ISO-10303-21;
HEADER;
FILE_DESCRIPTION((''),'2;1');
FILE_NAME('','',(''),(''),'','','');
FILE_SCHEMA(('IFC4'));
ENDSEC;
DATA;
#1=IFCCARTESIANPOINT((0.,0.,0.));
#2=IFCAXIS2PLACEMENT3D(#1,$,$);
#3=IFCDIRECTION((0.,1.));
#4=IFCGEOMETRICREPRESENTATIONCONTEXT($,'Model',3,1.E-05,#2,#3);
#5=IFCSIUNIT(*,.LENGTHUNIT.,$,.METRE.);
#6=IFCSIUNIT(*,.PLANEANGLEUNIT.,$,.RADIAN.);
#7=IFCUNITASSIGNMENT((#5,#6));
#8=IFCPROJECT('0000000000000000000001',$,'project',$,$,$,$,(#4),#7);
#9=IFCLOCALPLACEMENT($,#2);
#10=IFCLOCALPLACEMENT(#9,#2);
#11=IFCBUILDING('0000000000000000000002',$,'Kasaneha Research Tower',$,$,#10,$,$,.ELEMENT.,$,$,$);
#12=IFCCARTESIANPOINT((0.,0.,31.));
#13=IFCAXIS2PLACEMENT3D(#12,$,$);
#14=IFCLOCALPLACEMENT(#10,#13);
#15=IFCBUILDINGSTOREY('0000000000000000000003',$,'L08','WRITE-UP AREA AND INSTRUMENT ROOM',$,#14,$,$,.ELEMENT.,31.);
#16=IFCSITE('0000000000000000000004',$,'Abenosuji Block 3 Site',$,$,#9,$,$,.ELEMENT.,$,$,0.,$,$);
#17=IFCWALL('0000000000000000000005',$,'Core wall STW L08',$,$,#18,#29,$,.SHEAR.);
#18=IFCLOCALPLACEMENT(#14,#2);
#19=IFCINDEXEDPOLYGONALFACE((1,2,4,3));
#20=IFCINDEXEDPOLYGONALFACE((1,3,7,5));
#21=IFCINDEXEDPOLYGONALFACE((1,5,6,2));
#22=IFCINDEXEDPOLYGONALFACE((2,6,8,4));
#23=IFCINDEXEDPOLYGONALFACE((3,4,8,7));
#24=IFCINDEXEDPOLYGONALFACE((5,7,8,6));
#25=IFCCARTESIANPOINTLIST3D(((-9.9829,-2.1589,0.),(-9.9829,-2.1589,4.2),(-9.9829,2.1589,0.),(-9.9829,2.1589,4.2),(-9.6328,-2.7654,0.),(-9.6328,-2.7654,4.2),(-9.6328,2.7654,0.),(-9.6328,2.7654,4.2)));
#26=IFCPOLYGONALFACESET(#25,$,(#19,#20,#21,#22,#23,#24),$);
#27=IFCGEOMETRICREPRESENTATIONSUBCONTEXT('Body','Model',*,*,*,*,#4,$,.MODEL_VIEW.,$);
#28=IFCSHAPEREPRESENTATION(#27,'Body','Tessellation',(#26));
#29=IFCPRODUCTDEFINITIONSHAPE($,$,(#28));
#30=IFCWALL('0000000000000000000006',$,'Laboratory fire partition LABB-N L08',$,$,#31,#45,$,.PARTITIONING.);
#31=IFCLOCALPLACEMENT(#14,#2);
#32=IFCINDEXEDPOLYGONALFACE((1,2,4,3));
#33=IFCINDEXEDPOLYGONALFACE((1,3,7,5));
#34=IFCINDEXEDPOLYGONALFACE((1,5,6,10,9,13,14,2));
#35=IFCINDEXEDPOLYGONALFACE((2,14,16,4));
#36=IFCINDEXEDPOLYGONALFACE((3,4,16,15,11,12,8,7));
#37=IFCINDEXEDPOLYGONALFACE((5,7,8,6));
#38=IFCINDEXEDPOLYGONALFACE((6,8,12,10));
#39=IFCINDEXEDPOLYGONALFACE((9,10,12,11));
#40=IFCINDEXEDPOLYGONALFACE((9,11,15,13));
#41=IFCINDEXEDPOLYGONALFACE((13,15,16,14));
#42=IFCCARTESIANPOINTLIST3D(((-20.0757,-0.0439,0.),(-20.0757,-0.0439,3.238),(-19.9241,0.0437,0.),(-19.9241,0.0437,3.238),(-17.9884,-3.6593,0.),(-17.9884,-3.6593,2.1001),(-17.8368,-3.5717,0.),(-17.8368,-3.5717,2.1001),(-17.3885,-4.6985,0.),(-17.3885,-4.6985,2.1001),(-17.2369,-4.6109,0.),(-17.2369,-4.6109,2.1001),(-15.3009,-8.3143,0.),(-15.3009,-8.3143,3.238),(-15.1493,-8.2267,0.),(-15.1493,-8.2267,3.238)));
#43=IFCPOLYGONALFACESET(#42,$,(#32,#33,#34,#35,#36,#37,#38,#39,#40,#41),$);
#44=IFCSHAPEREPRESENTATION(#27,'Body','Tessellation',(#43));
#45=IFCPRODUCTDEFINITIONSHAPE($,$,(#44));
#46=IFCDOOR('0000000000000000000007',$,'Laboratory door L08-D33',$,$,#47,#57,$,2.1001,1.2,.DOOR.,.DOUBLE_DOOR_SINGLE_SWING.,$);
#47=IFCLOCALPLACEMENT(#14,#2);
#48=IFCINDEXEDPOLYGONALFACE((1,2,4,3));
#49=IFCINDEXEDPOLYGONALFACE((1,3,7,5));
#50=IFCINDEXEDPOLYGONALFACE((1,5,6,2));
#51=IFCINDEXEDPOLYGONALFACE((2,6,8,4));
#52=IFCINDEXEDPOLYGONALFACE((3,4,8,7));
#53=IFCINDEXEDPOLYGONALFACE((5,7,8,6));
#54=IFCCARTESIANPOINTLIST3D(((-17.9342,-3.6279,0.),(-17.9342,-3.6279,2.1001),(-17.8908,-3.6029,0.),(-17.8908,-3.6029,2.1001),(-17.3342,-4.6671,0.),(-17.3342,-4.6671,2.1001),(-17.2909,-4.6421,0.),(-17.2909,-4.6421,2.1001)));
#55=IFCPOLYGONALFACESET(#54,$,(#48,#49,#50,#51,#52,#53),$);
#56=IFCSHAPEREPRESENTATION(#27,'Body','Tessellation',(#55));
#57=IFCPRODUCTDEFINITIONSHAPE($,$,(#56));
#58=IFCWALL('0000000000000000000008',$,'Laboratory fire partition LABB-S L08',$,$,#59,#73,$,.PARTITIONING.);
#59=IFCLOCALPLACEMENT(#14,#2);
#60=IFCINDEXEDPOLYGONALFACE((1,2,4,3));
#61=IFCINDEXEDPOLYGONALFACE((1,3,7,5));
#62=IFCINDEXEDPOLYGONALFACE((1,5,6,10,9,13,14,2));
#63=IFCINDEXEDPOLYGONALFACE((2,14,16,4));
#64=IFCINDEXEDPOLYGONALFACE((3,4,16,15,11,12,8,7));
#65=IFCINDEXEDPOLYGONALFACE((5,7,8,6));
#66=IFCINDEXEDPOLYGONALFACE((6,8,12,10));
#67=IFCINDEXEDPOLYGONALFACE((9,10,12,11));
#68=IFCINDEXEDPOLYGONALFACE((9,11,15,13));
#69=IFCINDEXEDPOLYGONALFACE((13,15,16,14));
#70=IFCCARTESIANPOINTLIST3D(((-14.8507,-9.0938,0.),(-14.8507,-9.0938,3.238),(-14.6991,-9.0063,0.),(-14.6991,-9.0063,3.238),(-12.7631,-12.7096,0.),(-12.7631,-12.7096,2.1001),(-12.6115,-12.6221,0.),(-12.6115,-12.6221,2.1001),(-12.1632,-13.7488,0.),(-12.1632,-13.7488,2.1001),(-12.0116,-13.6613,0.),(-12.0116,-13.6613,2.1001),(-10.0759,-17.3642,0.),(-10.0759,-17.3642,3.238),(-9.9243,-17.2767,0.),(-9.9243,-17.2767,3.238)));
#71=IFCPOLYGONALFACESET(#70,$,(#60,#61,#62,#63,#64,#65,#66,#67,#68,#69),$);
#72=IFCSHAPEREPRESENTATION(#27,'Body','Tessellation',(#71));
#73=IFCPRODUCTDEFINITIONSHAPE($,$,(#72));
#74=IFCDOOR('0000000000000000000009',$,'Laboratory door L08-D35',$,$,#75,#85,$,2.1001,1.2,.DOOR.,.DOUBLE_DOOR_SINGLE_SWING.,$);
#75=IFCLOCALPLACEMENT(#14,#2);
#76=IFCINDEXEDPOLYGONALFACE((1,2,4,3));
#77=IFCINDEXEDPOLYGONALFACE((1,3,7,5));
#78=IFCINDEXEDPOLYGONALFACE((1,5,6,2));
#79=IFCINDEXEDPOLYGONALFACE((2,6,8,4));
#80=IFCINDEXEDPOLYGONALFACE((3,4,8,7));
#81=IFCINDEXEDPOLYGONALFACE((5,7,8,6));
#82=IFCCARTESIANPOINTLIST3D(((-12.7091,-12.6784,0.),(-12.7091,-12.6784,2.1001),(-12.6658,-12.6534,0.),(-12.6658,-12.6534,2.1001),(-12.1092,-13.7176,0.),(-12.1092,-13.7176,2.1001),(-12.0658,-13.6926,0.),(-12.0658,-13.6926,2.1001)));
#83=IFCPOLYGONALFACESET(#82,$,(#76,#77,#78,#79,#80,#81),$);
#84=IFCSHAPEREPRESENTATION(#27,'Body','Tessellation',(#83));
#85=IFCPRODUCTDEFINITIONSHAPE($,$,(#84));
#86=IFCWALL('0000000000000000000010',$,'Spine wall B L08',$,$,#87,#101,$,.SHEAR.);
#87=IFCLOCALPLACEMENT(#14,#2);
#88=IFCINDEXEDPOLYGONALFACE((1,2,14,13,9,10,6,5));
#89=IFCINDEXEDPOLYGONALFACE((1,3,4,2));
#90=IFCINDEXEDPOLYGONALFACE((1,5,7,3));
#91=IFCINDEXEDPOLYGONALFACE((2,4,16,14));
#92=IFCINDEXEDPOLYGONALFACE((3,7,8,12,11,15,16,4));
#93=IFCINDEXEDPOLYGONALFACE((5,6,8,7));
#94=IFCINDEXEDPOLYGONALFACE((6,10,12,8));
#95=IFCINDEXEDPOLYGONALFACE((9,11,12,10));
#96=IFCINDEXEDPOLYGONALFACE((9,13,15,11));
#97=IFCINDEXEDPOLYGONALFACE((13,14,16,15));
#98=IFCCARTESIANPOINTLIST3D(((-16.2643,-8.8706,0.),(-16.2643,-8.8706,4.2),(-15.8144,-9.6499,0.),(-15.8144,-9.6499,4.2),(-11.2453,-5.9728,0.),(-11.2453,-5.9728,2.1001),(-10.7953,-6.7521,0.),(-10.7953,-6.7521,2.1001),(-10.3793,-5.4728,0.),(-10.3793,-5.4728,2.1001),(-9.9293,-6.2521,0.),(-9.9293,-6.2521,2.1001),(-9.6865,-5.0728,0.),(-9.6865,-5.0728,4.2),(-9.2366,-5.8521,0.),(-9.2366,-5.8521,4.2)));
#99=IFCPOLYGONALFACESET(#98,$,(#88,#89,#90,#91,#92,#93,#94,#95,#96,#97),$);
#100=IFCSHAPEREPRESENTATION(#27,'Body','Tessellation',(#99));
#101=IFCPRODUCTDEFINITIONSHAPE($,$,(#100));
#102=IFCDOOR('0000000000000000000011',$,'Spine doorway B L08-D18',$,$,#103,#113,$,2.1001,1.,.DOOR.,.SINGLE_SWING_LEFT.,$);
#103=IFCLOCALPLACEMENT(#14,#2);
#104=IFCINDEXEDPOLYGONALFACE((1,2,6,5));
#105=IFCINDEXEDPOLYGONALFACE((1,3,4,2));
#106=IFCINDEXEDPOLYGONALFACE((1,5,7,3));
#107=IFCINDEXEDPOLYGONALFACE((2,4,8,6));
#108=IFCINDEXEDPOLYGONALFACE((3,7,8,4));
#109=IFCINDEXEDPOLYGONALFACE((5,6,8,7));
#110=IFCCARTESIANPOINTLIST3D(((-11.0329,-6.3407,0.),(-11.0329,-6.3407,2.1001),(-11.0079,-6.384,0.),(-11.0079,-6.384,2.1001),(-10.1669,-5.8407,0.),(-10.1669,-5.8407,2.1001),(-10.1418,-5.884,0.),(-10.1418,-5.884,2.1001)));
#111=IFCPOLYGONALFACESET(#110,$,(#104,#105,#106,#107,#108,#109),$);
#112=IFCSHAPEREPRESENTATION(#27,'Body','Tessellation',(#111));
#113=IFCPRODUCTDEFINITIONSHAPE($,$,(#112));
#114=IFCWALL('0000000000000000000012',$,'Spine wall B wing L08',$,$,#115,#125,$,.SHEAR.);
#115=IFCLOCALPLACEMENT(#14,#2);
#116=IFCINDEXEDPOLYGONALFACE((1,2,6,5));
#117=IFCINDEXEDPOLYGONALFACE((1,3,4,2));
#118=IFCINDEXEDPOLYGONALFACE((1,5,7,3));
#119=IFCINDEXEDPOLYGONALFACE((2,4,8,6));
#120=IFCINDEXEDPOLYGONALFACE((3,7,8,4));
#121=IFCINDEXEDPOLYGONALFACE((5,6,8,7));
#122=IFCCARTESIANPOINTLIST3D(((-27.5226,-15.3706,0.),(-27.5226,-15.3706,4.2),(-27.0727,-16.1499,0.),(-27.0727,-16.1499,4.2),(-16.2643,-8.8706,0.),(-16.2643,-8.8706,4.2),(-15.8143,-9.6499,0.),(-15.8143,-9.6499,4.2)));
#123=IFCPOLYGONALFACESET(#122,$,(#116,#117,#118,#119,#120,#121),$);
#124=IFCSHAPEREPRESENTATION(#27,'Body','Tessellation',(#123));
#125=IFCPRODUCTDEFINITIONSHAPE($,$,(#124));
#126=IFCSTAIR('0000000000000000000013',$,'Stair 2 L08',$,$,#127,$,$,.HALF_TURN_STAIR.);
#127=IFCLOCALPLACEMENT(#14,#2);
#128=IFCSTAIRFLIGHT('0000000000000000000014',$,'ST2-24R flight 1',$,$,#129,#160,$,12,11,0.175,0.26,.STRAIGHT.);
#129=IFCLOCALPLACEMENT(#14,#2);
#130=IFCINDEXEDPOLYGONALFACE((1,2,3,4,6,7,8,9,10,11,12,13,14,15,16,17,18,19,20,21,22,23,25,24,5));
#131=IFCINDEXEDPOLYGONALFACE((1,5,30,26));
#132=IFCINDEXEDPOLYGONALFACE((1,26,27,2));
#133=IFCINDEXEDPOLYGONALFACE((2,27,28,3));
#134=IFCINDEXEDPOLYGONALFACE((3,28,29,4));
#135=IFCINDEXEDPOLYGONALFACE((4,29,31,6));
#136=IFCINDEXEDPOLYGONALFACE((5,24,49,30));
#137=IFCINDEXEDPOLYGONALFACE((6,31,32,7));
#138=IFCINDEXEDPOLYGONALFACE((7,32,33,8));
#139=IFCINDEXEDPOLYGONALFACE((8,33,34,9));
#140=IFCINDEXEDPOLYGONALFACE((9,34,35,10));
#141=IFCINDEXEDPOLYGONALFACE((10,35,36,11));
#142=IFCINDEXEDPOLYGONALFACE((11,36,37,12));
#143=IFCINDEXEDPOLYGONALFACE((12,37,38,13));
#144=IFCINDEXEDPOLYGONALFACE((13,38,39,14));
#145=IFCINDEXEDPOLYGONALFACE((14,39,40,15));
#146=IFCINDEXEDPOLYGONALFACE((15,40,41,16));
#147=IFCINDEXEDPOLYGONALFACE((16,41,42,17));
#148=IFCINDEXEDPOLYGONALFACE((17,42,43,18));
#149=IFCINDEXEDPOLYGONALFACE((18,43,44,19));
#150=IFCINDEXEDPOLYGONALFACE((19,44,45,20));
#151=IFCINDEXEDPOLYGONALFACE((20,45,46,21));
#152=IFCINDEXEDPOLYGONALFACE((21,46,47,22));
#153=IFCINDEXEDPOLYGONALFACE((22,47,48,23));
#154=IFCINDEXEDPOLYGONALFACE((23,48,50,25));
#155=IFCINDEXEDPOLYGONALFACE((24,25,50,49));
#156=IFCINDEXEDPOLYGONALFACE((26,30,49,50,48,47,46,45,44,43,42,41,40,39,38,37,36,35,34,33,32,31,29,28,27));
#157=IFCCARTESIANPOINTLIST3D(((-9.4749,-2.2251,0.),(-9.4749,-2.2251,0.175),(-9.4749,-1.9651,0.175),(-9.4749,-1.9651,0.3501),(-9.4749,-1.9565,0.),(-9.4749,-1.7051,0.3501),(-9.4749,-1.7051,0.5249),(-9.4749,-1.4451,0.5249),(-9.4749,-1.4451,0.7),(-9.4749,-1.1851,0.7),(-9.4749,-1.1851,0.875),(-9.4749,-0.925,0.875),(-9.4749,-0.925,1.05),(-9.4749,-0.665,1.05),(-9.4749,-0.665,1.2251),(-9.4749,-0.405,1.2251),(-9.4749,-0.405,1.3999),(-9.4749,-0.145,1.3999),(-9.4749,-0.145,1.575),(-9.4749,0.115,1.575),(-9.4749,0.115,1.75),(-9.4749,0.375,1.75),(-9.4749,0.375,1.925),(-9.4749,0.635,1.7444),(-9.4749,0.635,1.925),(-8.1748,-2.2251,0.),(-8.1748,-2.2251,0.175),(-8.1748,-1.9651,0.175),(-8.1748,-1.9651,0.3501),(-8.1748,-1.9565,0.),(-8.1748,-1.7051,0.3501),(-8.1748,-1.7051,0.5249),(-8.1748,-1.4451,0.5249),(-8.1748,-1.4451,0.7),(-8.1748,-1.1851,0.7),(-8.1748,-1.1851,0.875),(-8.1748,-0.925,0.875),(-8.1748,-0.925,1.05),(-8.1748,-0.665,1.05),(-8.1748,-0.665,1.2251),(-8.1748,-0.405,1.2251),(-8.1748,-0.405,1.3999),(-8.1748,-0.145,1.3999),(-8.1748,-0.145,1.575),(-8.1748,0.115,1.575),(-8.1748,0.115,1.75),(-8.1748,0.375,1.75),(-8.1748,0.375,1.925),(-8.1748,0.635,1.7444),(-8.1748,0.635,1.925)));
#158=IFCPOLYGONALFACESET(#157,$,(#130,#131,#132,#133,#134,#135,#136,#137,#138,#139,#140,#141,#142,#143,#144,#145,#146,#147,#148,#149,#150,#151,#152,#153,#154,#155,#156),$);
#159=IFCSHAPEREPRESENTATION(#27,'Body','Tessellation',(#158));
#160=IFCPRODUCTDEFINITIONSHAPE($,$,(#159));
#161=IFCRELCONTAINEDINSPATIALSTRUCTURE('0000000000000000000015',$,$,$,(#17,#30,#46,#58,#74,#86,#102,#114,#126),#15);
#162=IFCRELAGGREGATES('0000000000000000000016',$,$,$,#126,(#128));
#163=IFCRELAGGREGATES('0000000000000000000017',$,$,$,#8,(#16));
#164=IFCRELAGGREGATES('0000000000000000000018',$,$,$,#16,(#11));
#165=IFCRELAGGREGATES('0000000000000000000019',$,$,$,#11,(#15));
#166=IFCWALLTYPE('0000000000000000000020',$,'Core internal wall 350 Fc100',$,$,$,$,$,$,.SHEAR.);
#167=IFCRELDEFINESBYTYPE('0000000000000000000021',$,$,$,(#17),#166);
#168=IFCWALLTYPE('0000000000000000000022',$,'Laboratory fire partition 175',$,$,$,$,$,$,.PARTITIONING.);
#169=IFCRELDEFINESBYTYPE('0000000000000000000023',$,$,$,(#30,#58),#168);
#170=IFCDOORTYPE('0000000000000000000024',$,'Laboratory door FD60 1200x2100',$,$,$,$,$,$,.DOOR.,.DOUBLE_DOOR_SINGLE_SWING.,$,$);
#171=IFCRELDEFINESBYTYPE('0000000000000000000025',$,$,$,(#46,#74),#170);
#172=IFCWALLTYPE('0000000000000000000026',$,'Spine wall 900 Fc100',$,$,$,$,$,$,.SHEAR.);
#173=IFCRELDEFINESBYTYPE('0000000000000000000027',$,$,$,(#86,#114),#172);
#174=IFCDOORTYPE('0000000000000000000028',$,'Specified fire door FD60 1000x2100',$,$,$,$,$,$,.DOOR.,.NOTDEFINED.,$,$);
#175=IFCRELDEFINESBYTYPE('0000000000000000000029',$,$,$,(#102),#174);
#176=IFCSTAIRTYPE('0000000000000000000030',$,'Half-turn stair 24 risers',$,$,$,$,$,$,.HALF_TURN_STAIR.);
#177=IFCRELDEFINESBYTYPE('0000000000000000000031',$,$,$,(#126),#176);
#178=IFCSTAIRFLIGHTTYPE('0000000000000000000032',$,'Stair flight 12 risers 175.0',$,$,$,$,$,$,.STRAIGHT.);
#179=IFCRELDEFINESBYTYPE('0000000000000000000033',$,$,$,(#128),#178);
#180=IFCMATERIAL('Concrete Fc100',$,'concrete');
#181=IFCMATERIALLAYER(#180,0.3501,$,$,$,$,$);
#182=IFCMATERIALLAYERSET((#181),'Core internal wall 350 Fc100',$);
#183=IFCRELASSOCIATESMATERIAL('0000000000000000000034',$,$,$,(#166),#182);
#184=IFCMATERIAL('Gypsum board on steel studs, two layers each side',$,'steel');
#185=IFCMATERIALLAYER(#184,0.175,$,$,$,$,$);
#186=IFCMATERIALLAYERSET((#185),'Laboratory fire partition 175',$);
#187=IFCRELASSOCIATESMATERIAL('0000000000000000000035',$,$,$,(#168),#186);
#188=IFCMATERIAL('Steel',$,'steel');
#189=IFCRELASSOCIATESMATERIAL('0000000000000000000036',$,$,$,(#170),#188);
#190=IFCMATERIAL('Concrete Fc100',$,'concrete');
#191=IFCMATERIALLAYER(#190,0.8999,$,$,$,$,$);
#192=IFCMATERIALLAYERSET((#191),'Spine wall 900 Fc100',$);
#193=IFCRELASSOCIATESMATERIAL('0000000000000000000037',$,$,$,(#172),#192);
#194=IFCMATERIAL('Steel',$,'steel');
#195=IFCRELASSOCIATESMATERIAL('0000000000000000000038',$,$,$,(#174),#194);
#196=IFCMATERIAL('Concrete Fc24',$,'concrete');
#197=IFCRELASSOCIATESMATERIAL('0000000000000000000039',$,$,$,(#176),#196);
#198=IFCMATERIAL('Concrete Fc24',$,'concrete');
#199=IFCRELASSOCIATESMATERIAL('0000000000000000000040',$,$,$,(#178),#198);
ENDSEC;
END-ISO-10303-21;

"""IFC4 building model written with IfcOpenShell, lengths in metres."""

from ifc_helpers import new_model, si_unit, direction, frame, frame_2d, origin, place, context, subcontext, project, spatial, polyline, rectangle, outline, extrude, material, layer, layer_set, type_object, element, fill, aggregate, save


model = new_model("IFC4")

# Units and contexts
model_context = context("Model", 3, precision=1e-05, world=origin(), true_north=direction((0.0, 1.0)))
body_context = subcontext(model_context, "Body", "Model", "MODEL_VIEW")
ifc_project = project(units=[si_unit("LENGTHUNIT", "METRE"), si_unit("PLANEANGLEUNIT", "RADIAN")], contexts=[model_context])

# Site, building, storey
site_placement = place(None, origin())
site = spatial("IfcSite", under=ifc_project, at=site_placement, Name="Abenosuji Block 3 Site", CompositionType="ELEMENT", RefElevation=0.0)
building_placement = place(site_placement, origin())
building = spatial("IfcBuilding", under=site, at=building_placement, Name="Kasaneha Research Tower", CompositionType="ELEMENT")
storey_placement = place(building_placement, frame((0.0, 0.0, 31.0)))
storey = spatial("IfcBuildingStorey", under=building, at=storey_placement, Name="L08", Description="WRITE-UP AREA AND INSTRUMENT ROOM", CompositionType="ELEMENT", Elevation=31.0)

# Shared definitions
ifc_material_1 = material(Name="Concrete Fc100", Category="concrete")
ifc_layer_1 = layer(ifc_material_1, 0.3501)
ifc_layer_set_1 = layer_set([ifc_layer_1], Name="Core internal wall 350 Fc100")
wall_type_1 = type_object("IfcWallType", Name="Core internal wall 350 Fc100", PredefinedType="SHEAR", material=ifc_layer_set_1)

# Wall
wall_1_placement = place(storey_placement, frame((-9.8079, -2.4622, 0.0), z_axis=(0.0, 0.0, 1.0), x_axis=(0.0, 1.0, 0.0)))
element("IfcWall", 1, at=wall_1_placement, inside=storey, type_object=wall_type_1, Name="Core wall STW L08", PredefinedType="SHEAR", context=body_context, shape_type="SweptSolid", body=[
    extrude(outline(polyline([(-0.3032, -0.175), (5.2275, -0.175), (4.6211, 0.175), (0.3032, 0.175), (-0.3032, -0.175)])), origin(), (0.0, 0.0, 1.0), 4.2),
])

# Walls, openings, doors
ifc_material_2 = material(Name="Gypsum board on steel studs, two layers each side", Category="steel")
ifc_layer_2 = layer(ifc_material_2, 0.175)
ifc_layer_set_2 = layer_set([ifc_layer_2], Name="Laboratory fire partition 175")
wall_type_2 = type_object("IfcWallType", Name="Laboratory fire partition 175", PredefinedType="PARTITIONING", material=ifc_layer_set_2)
wall_2_placement = place(storey_placement, frame((-15.2251, -8.2705, 0.0), z_axis=(0.0, 0.0, 1.0), x_axis=(-0.499994, 0.866029, 0.0)))
wall_2 = element("IfcWall", 2, at=wall_2_placement, inside=storey, type_object=wall_type_2, Name="Laboratory fire partition LABB-N L08", PredefinedType="PARTITIONING", context=body_context, shape_type="SweptSolid", body=[
    extrude(rectangle(XDim=9.5498, YDim=0.175, at=frame_2d((4.7749, 0.0))), origin(), (0.0, 0.0, 1.0), 3.238),
])
opening_1_placement = place(wall_2_placement, frame((4.175, 0.0, 0.0)))
opening_1 = element("IfcOpeningElement", 3, at=opening_1_placement, cuts=wall_2, PredefinedType="OPENING", context=body_context, shape_type="SweptSolid", body=[
    extrude(rectangle(XDim=1.2, YDim=2.1001, at=frame_2d((0.6001, 1.05))), frame((0.0, 0.0977, 0.0), z_axis=(0.0, -1.0, 0.0), x_axis=(1.0, 0.0, 0.0)), (0.0, 0.0, 1.0), 0.1951),
])
ifc_material_3 = material(Name="Steel", Category="steel")
door_type_1 = type_object("IfcDoorType", Name="Laboratory door FD60 1200x2100", OperationType="DOUBLE_DOOR_SINGLE_SWING", PredefinedType="DOOR", material=ifc_material_3)
door_1_placement = place(opening_1_placement, origin())
door_1 = element("IfcDoor", 4, at=door_1_placement, inside=storey, type_object=door_type_1, Name="Laboratory door L08-D33", OperationType="DOUBLE_DOOR_SINGLE_SWING", OverallHeight=2.1001, OverallWidth=1.2, PredefinedType="DOOR", context=body_context, shape_type="SweptSolid", body=[
    extrude(rectangle(XDim=1.2, YDim=2.1001, at=frame_2d((0.6001, 1.05))), frame((0.0, 0.0249, 0.0), z_axis=(0.0, -1.0, 0.0), x_axis=(1.0, 0.0, 0.0)), (0.0, 0.0, 1.0), 0.05),
])
fill(opening_1, door_1)
wall_3_placement = place(storey_placement, frame((-14.7749, -9.05, 0.0), z_axis=(0.0, 0.0, 1.0), x_axis=(0.499994, -0.866029, 0.0)))
wall_3 = element("IfcWall", 5, at=wall_3_placement, inside=storey, type_object=wall_type_2, Name="Laboratory fire partition LABB-S L08", PredefinedType="PARTITIONING", context=body_context, shape_type="SweptSolid", body=[
    extrude(rectangle(XDim=9.5498, YDim=0.175, at=frame_2d((4.7749, 0.0))), origin(), (0.0, 0.0, 1.0), 3.238),
])
opening_2_placement = place(wall_3_placement, frame((4.175, 0.0, 0.0)))
opening_2 = element("IfcOpeningElement", 6, at=opening_2_placement, cuts=wall_3, PredefinedType="OPENING", context=body_context, shape_type="SweptSolid", body=[
    extrude(rectangle(XDim=1.2, YDim=2.1001, at=frame_2d((0.6001, 1.05))), frame((0.0, 0.0977, 0.0), z_axis=(0.0, -1.0, 0.0), x_axis=(1.0, 0.0, 0.0)), (0.0, 0.0, 1.0), 0.1951),
])
door_2_placement = place(opening_2_placement, origin())
door_2 = element("IfcDoor", 7, at=door_2_placement, inside=storey, type_object=door_type_1, Name="Laboratory door L08-D35", OperationType="DOUBLE_DOOR_SINGLE_SWING", OverallHeight=2.1001, OverallWidth=1.2, PredefinedType="DOOR", context=body_context, shape_type="SweptSolid", body=[
    extrude(rectangle(XDim=1.2, YDim=2.1001, at=frame_2d((0.6001, 1.05))), frame((0.0, 0.0249, 0.0), z_axis=(0.0, -1.0, 0.0), x_axis=(1.0, 0.0, 0.0)), (0.0, 0.0, 1.0), 0.05),
])
fill(opening_2, door_2)
ifc_material_4 = material(Name="Concrete Fc100", Category="concrete")
ifc_layer_3 = layer(ifc_material_4, 0.8999)
ifc_layer_set_3 = layer_set([ifc_layer_3], Name="Spine wall 900 Fc100")
wall_type_3 = type_object("IfcWallType", Name="Spine wall 900 Fc100", PredefinedType="SHEAR", material=ifc_layer_set_3)
wall_4_placement = place(storey_placement, frame((-9.4614, -5.4624, 0.0), z_axis=(0.0, 0.0, 1.0), x_axis=(-0.866019, -0.500011, 0.0)))
wall_4 = element("IfcWall", 8, at=wall_4_placement, inside=storey, type_object=wall_type_3, Name="Spine wall B L08", PredefinedType="SHEAR", context=body_context, shape_type="SweptSolid", body=[
    extrude(rectangle(XDim=7.5955, YDim=0.8999, at=frame_2d((3.7979, 0.0))), origin(), (0.0, 0.0, 1.0), 4.2),
])
opening_3_placement = place(wall_4_placement, frame((0.8, 0.0, 0.0)))
opening_3 = element("IfcOpeningElement", 9, at=opening_3_placement, cuts=wall_4, PredefinedType="OPENING", context=body_context, shape_type="SweptSolid", body=[
    extrude(rectangle(XDim=1.0, YDim=2.1001, at=frame_2d((0.5, 1.05))), frame((0.0, 0.46, 0.0), z_axis=(0.0, -1.0, 0.0), x_axis=(1.0, 0.0, 0.0)), (0.0, 0.0, 1.0), 0.9199),
])
ifc_material_5 = material(Name="Steel", Category="steel")
door_type_2 = type_object("IfcDoorType", Name="Specified fire door FD60 1000x2100", OperationType="NOTDEFINED", PredefinedType="DOOR", material=ifc_material_5)
door_3_placement = place(opening_3_placement, origin())
door_3 = element("IfcDoor", 10, at=door_3_placement, inside=storey, type_object=door_type_2, Name="Spine doorway B L08-D18", OperationType="SINGLE_SWING_LEFT", OverallHeight=2.1001, OverallWidth=1.0, PredefinedType="DOOR", context=body_context, shape_type="SweptSolid", body=[
    extrude(rectangle(XDim=1.0, YDim=2.1001, at=frame_2d((0.5, 1.05))), frame((0.0, 0.0249, 0.0), z_axis=(0.0, -1.0, 0.0), x_axis=(1.0, 0.0, 0.0)), (0.0, 0.0, 1.0), 0.05),
])
fill(opening_3, door_3)

# Wall
wall_5_placement = place(storey_placement, frame((-16.0393, -9.2603, 0.0), z_axis=(0.0, 0.0, 1.0), x_axis=(-0.866025, -0.500001, 0.0)))
element("IfcWall", 11, at=wall_5_placement, inside=storey, type_object=wall_type_3, Name="Spine wall B wing L08", PredefinedType="SHEAR", context=body_context, shape_type="SweptSolid", body=[
    extrude(rectangle(XDim=13.0, YDim=0.8999, at=frame_2d((6.5, 0.0))), origin(), (0.0, 0.0, 1.0), 4.2),
])

# Stair, stair flight
ifc_material_6 = material(Name="Concrete Fc24", Category="concrete")
stair_type = type_object("IfcStairType", Name="Half-turn stair 24 risers", PredefinedType="HALF_TURN_STAIR", material=ifc_material_6)
stair_placement = place(storey_placement, origin())
stair = element("IfcStair", 12, at=stair_placement, inside=storey, type_object=stair_type, Name="Stair 2 L08", PredefinedType="HALF_TURN_STAIR")
ifc_material_7 = material(Name="Concrete Fc24", Category="concrete")
stair_flight_type = type_object("IfcStairFlightType", Name="Stair flight 12 risers 175.0", PredefinedType="STRAIGHT", material=ifc_material_7)
stair_flight_placement = place(storey_placement, frame((-8.825, -2.2251, 0.0), z_axis=(0.0, 0.0, 1.0), x_axis=(0.0, 1.0, 0.0)))
stair_flight = element("IfcStairFlight", 13, at=stair_flight_placement, type_object=stair_flight_type, Name="ST2-24R flight 1", NumberOfRisers=12, NumberOfTreads=11, PredefinedType="STRAIGHT", RiserHeight=0.175, TreadLength=0.26, context=body_context, shape_type="SweptSolid", body=[
    extrude(outline(polyline([(0.0, 0.0), (0.0, 0.175), (0.26, 0.175), (0.26, 0.3501), (0.52, 0.3501), (0.52, 0.5249), (0.78, 0.5249), (0.78, 0.7), (1.04, 0.7), (1.04, 0.875), (1.3, 0.875), (1.3, 1.05), (1.5601, 1.05), (1.5601, 1.2251), (1.8201, 1.2251), (1.8201, 1.3999), (2.0801, 1.3999), (2.0801, 1.575), (2.3401, 1.575), (2.3401, 1.75), (2.6001, 1.75), (2.6001, 1.925), (2.8601, 1.925), (2.8601, 2.1001), (2.8601, 1.7444), (0.2686, 0.0), (0.0, 0.0)])), frame((0.0, 0.6499, 0.0), z_axis=(0.0, -1.0, 0.0), x_axis=(1.0, 0.0, 0.0)), (0.0, 0.0, 1.0), 1.3),
])
aggregate(stair, [stair_flight])

save(model, "model.ifc")
